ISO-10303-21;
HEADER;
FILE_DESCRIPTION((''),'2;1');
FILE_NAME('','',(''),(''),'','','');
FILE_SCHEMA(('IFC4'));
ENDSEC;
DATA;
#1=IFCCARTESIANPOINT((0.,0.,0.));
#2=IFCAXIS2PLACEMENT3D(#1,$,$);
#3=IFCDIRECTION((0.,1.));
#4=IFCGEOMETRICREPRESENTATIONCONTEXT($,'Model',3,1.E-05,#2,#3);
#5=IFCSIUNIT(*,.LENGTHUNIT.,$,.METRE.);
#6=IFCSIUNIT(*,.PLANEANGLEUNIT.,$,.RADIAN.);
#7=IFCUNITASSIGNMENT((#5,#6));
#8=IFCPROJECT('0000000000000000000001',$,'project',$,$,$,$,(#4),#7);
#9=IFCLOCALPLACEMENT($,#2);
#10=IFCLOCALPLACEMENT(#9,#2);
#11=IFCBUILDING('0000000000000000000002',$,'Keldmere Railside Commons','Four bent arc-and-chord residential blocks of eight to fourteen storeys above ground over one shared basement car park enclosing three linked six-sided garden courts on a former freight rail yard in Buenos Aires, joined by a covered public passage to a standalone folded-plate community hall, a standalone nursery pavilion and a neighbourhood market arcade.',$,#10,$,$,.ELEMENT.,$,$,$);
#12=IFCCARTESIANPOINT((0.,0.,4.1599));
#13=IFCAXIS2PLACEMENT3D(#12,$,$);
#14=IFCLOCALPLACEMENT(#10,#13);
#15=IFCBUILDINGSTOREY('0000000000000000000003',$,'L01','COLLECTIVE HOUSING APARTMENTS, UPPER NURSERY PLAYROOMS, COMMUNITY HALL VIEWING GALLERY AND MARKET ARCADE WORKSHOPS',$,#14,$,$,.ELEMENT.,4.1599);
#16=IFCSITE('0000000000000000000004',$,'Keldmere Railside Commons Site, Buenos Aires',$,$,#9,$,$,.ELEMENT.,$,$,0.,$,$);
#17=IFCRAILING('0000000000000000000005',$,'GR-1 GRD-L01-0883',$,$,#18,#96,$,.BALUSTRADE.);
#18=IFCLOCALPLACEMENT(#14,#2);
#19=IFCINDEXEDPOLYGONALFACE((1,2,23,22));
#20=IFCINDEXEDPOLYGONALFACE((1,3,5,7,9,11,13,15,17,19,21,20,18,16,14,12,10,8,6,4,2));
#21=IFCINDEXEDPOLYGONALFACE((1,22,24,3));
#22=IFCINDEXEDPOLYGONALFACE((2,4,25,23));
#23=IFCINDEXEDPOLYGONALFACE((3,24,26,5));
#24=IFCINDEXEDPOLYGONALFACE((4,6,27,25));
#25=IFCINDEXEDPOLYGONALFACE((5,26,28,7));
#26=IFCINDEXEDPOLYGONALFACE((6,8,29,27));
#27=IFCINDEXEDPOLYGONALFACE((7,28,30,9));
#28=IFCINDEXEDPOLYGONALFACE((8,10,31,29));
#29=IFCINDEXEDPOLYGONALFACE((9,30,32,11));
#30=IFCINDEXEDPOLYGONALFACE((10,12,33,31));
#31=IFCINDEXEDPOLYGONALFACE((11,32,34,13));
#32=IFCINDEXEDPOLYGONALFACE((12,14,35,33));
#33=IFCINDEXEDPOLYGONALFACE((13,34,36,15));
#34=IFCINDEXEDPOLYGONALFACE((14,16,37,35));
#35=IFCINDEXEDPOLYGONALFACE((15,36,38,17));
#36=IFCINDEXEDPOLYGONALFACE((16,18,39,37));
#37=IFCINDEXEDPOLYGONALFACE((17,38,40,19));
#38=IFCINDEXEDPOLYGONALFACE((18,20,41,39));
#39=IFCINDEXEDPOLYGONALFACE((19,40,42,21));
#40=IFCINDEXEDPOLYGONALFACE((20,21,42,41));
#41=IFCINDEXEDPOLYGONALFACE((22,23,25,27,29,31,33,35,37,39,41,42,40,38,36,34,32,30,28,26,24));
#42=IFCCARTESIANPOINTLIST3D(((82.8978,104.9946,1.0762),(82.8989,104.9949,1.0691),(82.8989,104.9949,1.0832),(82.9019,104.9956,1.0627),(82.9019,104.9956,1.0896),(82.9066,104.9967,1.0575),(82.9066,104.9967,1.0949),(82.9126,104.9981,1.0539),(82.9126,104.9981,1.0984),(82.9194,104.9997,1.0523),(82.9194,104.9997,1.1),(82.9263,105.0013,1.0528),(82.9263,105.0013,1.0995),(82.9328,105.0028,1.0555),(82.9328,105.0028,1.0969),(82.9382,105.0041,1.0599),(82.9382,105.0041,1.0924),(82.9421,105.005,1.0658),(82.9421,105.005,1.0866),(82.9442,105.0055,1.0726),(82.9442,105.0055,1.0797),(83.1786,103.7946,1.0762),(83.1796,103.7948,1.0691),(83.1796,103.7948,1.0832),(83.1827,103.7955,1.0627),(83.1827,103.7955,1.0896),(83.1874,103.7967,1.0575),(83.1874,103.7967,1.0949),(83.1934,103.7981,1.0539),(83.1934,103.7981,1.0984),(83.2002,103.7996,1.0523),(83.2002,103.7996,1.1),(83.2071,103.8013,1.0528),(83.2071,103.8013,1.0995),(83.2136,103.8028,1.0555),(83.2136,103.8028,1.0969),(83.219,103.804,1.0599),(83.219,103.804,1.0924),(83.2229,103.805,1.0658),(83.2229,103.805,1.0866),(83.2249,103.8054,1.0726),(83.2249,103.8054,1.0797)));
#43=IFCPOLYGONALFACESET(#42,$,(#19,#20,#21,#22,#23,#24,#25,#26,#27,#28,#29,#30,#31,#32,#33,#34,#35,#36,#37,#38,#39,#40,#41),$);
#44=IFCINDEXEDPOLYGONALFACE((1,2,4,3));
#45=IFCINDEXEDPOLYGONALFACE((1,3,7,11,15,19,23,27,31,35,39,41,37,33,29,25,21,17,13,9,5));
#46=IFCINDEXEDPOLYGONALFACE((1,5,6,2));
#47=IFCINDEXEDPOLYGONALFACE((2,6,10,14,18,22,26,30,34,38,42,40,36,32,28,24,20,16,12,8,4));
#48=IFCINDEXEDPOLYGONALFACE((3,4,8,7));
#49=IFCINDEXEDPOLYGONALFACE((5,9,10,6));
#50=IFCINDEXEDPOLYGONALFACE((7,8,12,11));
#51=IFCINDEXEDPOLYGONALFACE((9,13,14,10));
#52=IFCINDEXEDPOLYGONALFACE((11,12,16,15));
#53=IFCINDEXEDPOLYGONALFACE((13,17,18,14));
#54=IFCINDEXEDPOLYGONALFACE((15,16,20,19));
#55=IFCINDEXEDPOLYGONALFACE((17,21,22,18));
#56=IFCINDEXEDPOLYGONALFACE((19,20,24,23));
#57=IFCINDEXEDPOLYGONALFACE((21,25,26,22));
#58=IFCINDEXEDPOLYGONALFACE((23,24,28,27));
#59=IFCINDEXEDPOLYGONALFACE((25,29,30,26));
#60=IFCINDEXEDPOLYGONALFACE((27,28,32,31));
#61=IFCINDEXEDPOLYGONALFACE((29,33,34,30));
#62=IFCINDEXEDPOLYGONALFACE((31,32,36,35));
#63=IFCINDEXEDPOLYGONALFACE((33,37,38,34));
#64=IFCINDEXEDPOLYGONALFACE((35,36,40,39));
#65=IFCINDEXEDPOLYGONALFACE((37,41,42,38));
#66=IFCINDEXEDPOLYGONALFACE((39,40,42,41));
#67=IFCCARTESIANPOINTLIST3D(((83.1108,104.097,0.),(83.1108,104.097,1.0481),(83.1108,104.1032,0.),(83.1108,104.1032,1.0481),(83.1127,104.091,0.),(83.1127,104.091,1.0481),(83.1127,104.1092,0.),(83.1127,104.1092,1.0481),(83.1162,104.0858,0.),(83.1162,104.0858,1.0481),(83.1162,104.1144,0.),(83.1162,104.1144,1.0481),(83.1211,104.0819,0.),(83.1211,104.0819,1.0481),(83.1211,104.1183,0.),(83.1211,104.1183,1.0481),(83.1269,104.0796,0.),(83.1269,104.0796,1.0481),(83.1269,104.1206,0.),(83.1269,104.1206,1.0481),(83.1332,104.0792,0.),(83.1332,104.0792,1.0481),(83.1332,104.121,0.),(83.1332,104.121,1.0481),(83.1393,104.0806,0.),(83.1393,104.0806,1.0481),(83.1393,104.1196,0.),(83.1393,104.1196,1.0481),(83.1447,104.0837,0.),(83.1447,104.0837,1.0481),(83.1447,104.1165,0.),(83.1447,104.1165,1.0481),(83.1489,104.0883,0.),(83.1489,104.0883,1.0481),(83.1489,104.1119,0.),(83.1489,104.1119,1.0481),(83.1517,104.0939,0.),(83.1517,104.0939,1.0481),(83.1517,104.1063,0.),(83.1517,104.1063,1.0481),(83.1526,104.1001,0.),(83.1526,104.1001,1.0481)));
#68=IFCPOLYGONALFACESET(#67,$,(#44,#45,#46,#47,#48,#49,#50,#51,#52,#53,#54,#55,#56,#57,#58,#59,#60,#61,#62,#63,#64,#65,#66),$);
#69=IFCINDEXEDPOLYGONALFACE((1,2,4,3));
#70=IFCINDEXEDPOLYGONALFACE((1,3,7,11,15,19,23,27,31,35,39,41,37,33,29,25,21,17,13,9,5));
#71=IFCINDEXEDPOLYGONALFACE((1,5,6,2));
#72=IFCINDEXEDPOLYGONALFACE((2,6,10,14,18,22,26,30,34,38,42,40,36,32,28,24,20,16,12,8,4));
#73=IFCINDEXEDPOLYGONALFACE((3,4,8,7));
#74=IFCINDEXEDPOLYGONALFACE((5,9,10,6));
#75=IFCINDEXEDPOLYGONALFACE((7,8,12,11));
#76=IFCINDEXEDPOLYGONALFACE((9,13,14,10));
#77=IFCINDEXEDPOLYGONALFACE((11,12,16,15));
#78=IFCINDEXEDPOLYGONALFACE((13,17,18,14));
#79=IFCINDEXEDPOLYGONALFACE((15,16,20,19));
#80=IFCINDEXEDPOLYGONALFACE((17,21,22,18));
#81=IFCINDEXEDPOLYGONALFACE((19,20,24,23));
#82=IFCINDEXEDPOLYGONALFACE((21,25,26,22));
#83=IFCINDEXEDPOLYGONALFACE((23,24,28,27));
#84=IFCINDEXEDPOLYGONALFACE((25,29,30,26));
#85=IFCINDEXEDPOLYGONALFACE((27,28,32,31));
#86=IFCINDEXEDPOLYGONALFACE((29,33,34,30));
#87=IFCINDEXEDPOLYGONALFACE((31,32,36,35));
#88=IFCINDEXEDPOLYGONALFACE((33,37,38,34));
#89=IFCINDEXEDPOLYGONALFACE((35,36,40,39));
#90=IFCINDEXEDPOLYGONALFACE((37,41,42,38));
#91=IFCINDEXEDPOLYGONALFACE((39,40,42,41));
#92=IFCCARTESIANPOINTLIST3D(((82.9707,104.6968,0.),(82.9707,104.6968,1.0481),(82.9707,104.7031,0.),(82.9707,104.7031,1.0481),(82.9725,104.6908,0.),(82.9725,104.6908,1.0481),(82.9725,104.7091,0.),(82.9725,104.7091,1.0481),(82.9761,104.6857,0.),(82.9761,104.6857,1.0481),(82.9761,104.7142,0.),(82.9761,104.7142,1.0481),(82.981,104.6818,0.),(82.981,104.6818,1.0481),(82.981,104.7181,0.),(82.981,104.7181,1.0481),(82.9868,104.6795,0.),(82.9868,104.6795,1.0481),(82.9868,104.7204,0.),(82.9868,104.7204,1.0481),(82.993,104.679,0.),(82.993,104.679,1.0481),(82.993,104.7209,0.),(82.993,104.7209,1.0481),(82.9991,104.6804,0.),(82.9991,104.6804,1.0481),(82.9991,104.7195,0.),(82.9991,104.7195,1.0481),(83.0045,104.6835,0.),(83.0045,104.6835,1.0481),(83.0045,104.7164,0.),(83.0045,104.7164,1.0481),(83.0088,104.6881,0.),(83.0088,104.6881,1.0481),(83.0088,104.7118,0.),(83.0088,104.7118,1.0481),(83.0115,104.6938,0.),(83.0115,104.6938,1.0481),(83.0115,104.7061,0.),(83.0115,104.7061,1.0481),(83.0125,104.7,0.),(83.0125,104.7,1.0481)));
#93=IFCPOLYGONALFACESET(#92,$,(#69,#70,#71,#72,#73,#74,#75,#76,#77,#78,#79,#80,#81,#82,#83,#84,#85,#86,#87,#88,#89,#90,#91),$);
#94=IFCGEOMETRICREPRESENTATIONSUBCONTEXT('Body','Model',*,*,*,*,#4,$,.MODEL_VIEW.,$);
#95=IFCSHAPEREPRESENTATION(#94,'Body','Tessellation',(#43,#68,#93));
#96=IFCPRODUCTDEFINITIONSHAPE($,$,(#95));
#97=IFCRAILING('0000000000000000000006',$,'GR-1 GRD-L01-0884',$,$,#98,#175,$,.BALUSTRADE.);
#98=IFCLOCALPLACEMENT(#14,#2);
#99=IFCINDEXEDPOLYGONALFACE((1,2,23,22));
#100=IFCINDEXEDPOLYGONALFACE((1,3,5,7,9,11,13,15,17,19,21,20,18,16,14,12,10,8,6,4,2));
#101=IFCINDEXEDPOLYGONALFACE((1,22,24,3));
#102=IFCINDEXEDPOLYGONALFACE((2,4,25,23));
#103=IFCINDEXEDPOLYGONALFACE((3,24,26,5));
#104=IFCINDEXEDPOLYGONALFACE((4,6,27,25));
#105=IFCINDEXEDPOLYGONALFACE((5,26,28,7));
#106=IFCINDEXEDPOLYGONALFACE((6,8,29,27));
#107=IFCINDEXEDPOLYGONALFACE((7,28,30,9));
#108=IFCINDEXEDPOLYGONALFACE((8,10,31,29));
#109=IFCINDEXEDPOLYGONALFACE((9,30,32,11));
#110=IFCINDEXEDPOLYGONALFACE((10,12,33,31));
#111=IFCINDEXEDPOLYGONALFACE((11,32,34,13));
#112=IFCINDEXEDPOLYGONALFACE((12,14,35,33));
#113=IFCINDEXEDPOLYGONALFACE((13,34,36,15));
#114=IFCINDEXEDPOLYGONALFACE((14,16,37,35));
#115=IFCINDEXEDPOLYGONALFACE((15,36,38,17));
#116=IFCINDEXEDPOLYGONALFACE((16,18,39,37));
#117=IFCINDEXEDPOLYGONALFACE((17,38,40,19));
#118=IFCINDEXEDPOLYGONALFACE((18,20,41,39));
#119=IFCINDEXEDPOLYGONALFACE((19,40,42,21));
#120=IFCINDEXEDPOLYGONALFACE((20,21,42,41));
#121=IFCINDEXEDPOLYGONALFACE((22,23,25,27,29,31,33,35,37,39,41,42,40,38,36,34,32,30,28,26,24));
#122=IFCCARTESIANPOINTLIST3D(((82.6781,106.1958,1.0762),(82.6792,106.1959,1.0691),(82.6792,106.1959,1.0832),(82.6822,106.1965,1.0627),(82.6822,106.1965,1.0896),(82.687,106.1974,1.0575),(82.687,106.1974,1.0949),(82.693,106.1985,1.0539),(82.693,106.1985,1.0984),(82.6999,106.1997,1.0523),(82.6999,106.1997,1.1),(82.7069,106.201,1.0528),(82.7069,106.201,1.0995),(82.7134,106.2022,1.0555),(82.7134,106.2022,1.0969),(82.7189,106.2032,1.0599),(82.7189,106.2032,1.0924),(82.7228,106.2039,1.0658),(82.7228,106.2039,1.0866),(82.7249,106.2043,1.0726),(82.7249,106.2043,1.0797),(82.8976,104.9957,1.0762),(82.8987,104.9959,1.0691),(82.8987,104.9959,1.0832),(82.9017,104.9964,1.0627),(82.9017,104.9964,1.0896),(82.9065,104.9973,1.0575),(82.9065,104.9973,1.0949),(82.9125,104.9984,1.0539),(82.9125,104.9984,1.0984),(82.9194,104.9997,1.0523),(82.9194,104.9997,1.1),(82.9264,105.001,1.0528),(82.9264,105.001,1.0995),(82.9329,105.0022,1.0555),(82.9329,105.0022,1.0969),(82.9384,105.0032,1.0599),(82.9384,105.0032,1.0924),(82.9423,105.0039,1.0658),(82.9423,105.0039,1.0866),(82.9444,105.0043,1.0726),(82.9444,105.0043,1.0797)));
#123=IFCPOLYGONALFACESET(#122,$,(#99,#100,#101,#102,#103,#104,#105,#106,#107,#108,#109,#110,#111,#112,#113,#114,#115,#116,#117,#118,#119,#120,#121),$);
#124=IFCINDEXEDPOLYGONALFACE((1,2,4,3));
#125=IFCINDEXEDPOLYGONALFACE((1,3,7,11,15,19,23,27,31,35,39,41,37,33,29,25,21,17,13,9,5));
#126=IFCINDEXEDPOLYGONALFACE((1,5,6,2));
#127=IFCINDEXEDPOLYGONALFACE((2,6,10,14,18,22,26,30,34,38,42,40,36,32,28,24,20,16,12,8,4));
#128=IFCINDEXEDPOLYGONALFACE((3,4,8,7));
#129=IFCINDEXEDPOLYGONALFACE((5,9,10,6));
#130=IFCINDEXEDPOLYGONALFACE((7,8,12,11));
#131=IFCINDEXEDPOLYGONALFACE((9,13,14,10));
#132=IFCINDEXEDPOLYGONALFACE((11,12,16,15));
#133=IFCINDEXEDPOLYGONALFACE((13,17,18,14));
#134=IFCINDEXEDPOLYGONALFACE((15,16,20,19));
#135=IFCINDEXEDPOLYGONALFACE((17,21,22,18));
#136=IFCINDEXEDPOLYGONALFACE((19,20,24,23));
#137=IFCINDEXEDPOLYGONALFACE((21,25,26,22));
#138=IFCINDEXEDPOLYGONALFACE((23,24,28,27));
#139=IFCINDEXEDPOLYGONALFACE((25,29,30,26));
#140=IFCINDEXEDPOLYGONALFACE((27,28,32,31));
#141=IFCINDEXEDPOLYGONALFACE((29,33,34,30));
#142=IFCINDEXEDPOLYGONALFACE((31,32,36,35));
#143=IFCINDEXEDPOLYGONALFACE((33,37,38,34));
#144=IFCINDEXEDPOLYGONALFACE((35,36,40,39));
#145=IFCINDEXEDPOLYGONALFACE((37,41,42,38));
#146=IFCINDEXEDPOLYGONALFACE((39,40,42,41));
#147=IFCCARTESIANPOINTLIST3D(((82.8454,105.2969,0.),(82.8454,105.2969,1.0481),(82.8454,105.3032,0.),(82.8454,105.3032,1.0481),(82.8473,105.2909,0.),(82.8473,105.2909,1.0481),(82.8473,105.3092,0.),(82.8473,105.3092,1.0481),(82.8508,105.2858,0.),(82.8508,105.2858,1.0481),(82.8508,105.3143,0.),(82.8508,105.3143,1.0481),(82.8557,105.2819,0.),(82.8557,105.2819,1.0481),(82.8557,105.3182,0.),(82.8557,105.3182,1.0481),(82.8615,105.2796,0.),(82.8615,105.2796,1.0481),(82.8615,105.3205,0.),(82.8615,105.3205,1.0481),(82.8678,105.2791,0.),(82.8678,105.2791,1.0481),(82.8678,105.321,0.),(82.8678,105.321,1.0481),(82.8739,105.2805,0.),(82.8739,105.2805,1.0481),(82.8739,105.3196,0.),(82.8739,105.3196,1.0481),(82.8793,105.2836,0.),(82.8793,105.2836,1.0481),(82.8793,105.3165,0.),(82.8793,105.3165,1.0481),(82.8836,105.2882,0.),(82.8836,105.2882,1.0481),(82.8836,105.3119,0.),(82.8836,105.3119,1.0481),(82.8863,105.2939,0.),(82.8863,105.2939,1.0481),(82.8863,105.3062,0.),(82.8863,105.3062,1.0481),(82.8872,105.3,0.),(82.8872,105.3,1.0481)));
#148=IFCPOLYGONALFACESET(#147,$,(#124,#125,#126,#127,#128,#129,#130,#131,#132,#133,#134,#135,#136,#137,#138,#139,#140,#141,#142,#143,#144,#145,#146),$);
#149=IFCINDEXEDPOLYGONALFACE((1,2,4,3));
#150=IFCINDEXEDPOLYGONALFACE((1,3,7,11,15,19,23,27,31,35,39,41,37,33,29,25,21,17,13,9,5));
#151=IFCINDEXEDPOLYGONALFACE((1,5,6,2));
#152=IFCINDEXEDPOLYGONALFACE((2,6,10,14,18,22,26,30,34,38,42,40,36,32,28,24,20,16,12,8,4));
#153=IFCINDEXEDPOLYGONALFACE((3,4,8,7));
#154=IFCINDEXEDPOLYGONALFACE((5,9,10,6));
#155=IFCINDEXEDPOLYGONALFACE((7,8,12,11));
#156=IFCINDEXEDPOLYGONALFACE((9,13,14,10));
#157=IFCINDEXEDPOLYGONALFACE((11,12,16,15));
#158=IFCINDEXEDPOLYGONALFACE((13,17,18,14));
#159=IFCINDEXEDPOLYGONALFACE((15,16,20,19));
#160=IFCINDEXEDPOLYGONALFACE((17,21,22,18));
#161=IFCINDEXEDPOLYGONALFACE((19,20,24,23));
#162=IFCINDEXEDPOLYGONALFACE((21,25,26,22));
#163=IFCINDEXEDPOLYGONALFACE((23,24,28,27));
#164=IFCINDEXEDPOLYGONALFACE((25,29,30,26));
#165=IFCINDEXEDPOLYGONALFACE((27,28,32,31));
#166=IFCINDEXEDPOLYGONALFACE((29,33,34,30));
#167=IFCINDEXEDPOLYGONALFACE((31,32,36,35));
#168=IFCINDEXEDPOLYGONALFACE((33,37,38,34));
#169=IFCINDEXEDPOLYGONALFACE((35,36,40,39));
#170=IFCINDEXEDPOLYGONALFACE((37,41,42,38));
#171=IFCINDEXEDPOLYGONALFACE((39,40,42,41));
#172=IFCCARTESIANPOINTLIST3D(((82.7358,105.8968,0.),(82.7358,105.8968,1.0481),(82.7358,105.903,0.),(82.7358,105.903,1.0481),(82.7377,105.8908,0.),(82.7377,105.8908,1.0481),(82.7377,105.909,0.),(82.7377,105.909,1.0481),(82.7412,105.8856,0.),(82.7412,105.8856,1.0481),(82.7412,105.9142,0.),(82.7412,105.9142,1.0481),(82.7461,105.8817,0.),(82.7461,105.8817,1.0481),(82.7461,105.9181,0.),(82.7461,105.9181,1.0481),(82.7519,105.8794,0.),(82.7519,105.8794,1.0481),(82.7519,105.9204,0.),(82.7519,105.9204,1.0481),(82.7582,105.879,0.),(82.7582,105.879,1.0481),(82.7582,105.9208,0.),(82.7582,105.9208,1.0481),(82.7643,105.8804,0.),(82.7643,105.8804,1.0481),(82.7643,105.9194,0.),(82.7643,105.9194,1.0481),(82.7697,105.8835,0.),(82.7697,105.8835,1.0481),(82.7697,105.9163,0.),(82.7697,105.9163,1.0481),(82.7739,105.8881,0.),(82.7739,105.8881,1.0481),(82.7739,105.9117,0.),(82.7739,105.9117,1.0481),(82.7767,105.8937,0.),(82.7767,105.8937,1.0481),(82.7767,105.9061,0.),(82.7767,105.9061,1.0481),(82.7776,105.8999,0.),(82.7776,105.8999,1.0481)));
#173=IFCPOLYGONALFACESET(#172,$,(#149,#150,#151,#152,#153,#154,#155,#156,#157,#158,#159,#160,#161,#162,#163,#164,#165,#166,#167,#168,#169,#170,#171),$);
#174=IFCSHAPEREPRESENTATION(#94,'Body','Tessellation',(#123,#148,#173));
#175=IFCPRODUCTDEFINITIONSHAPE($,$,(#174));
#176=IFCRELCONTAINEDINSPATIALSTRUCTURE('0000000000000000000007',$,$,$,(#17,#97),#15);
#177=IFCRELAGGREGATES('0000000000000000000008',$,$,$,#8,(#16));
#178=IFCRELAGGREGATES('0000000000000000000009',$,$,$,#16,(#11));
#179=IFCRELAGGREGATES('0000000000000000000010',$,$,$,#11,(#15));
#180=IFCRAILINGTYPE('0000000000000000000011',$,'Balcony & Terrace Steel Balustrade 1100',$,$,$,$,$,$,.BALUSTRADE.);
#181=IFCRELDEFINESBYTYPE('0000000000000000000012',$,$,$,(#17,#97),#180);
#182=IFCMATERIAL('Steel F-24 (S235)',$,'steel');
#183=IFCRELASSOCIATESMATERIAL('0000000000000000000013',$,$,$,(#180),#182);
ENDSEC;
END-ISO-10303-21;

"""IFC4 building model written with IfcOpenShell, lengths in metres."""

from ifc_helpers import new_model, si_unit, direction, frame, origin, origin_2d, place, context, subcontext, project, spatial, circle, extrude, material, type_object, element, save


model = new_model("IFC4")

# Units and contexts
model_context = context("Model", 3, precision=1e-05, world=origin(), true_north=direction((0.0, 1.0)))
body_context = subcontext(model_context, "Body", "Model", "MODEL_VIEW")
ifc_project = project(units=[si_unit("LENGTHUNIT", "METRE"), si_unit("PLANEANGLEUNIT", "RADIAN")], contexts=[model_context])

# Site, building, storey
site_placement = place(None, origin())
site = spatial("IfcSite", under=ifc_project, at=site_placement, Name="Keldmere Railside Commons Site, Buenos Aires", CompositionType="ELEMENT", RefElevation=0.0)
building_placement = place(site_placement, origin())
building = spatial("IfcBuilding", under=site, at=building_placement, Name="Keldmere Railside Commons", Description="Four bent arc-and-chord residential blocks of eight to fourteen storeys above ground over one shared basement car park enclosing three linked six-sided garden courts on a former freight rail yard in Buenos Aires, joined by a covered public passage to a standalone folded-plate community hall, a standalone nursery pavilion and a neighbourhood market arcade.", CompositionType="ELEMENT")
storey_placement = place(building_placement, frame((0.0, 0.0, 4.1599)))
storey = spatial("IfcBuildingStorey", under=building, at=storey_placement, Name="L01", Description="COLLECTIVE HOUSING APARTMENTS, UPPER NURSERY PLAYROOMS, COMMUNITY HALL VIEWING GALLERY AND MARKET ARCADE WORKSHOPS", CompositionType="ELEMENT", Elevation=4.1599)

# Shared definitions
ifc_material_1 = material(Name="Steel F-24 (S235)", Category="steel")

# Railings
railing_type = type_object("IfcRailingType", Name="Balcony & Terrace Steel Balustrade 1100", PredefinedType="BALUSTRADE", material=ifc_material_1)
railing_1_placement = place(storey_placement, frame((83.2019, 103.8, 0.0)))
element("IfcRailing", 1, at=railing_1_placement, inside=storey, type_object=railing_type, Name="GR-1 GRD-L01-0883", PredefinedType="BALUSTRADE", context=body_context, shape_type="SweptSolid", body=[
    extrude(circle(Radius=0.0239, at=origin_2d()), frame((0.0, 0.0, 1.0762), z_axis=(-0.227825, 0.973702, 0.0), x_axis=(-0.973702, -0.227825, 0.0)), (0.0, 0.0, 1.0), 1.2324),
    extrude(circle(Radius=0.021, at=origin_2d()), frame((-0.0703, 0.3, 0.0)), (0.0, 0.0, 1.0), 1.0481),
    extrude(circle(Radius=0.021, at=origin_2d()), frame((-0.2104, 0.8999, 0.0)), (0.0, 0.0, 1.0), 1.0481),
])
railing_2_placement = place(storey_placement, frame((82.9211, 105.0, 0.0)))
element("IfcRailing", 2, at=railing_2_placement, inside=storey, type_object=railing_type, Name="GR-1 GRD-L01-0884", PredefinedType="BALUSTRADE", context=body_context, shape_type="SweptSolid", body=[
    extrude(circle(Radius=0.0239, at=origin_2d()), frame((0.0, 0.0, 1.0762), z_axis=(-0.179924, 0.98368, 0.0), x_axis=(-0.98368, -0.179924, 0.0)), (0.0, 0.0, 1.0), 1.22),
    extrude(circle(Radius=0.021, at=origin_2d()), frame((-0.0549, 0.3, 0.0)), (0.0, 0.0, 1.0), 1.0481),
    extrude(circle(Radius=0.021, at=origin_2d()), frame((-0.1646, 0.8999, 0.0)), (0.0, 0.0, 1.0), 1.0481),
])

save(model, "model.ifc")
